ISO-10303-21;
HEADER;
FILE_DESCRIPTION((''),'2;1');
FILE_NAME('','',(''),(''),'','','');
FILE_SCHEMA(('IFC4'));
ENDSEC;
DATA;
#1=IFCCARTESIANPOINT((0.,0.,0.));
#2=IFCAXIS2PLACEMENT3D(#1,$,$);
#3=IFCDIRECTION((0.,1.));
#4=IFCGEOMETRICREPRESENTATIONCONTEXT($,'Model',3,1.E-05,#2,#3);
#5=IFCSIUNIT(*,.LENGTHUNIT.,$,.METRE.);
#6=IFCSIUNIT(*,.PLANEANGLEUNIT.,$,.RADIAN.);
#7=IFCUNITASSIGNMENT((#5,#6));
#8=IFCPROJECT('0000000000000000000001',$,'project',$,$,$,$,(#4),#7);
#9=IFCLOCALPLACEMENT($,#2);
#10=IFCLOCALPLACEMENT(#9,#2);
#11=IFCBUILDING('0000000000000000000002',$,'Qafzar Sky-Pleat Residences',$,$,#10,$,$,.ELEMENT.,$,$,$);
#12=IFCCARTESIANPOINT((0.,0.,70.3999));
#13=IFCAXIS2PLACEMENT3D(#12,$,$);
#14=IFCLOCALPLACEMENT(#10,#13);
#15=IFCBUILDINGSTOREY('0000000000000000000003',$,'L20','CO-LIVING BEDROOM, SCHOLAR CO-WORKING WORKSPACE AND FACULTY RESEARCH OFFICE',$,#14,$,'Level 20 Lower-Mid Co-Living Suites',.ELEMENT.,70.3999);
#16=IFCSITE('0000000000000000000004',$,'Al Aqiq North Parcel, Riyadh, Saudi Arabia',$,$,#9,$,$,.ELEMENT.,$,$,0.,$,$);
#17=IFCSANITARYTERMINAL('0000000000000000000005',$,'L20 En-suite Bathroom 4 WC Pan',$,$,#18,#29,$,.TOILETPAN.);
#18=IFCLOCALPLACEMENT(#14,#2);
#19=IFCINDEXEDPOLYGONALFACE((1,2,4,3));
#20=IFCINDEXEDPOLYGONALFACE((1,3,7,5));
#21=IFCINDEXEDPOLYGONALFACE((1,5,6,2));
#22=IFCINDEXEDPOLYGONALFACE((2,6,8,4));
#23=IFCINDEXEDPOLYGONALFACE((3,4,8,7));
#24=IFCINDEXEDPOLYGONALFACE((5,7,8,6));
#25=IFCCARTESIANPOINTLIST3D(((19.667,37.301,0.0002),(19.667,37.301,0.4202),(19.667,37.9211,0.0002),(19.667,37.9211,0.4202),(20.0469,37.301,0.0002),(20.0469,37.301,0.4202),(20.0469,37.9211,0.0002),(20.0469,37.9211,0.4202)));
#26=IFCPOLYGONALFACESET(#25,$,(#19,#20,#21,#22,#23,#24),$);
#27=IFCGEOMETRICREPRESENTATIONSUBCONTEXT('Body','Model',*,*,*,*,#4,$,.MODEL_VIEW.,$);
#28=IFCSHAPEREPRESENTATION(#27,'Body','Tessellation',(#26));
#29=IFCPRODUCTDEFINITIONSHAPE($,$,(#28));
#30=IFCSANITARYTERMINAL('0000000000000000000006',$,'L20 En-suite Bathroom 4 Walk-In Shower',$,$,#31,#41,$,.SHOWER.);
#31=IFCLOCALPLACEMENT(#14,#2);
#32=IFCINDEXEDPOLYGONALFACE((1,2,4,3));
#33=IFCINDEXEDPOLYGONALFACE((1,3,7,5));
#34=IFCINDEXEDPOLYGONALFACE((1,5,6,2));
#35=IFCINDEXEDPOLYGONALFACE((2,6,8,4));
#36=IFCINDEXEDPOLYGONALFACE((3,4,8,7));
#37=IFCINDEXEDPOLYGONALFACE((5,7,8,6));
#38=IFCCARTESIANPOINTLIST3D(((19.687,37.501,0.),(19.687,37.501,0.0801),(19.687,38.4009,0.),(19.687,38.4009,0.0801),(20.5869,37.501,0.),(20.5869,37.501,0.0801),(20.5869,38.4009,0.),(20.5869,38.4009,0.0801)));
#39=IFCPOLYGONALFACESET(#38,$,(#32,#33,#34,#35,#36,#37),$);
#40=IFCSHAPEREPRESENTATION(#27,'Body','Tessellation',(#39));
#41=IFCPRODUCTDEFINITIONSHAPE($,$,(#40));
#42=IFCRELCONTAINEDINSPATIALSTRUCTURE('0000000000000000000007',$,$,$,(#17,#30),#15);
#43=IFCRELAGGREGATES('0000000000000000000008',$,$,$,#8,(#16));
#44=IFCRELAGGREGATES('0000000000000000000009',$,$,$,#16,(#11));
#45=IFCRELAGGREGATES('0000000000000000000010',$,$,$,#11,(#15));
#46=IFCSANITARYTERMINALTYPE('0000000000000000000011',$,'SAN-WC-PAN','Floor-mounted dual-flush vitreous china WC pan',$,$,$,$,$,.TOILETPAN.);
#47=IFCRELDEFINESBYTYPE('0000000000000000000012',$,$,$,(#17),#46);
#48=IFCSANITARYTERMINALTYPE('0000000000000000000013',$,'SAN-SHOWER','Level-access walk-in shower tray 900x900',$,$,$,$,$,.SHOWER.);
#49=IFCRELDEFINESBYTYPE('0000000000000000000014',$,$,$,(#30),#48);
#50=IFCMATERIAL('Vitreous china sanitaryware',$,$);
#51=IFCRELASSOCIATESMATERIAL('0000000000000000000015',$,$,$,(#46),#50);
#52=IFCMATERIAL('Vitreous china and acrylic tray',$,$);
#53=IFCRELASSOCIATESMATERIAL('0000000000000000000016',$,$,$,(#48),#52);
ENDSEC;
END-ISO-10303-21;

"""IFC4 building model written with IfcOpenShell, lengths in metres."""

from ifc_helpers import new_model, si_unit, direction, frame, origin, origin_2d, place, context, subcontext, project, spatial, rectangle, extrude, source, transform, mapped, material, type_object, element, save


model = new_model("IFC4")

# Units and contexts
model_context = context("Model", 3, precision=1e-05, world=origin(), true_north=direction((0.0, 1.0)))
body_context = subcontext(model_context, "Body", "Model", "MODEL_VIEW")
ifc_project = project(units=[si_unit("LENGTHUNIT", "METRE"), si_unit("PLANEANGLEUNIT", "RADIAN")], contexts=[model_context])

# Site, building, storey
site_placement = place(None, origin())
site = spatial("IfcSite", under=ifc_project, at=site_placement, Name="Al Aqiq North Parcel, Riyadh, Saudi Arabia", CompositionType="ELEMENT", RefElevation=0.0)
building_placement = place(site_placement, origin())
building = spatial("IfcBuilding", under=site, at=building_placement, Name="Qafzar Sky-Pleat Residences", CompositionType="ELEMENT")
storey_placement = place(building_placement, frame((0.0, 0.0, 70.3999)))
storey = spatial("IfcBuildingStorey", under=building, at=storey_placement, Name="L20", Description="CO-LIVING BEDROOM, SCHOLAR CO-WORKING WORKSPACE AND FACULTY RESEARCH OFFICE", LongName="Level 20 Lower-Mid Co-Living Suites", CompositionType="ELEMENT", Elevation=70.3999)

# Sanitary terminals
ifc_material_1 = material(Name="Vitreous china sanitaryware")
sanitary_terminal_type_1 = type_object("IfcSanitaryTerminalType", Name="SAN-WC-PAN", Description="Floor-mounted dual-flush vitreous china WC pan", PredefinedType="TOILETPAN", material=ifc_material_1)
shared_shape_1 = source(origin(), body_context, "Body", "SweptSolid", [
    extrude(rectangle(XDim=0.3799, YDim=0.6201, at=origin_2d()), origin(), (0.0, 0.0, 1.0), 0.4199),
])
sanitary_terminal_1_placement = place(storey_placement, frame((19.8569, 37.6111, 0.0002), z_axis=(0.0, 0.0, 1.0), x_axis=(1.0, 0.0, 0.0)))
element("IfcSanitaryTerminal", 1, at=sanitary_terminal_1_placement, inside=storey, type_object=sanitary_terminal_type_1, Name="L20 En-suite Bathroom 4 WC Pan", PredefinedType="TOILETPAN", context=body_context, shape_type="MappedRepresentation", body=[
    mapped(shared_shape_1, transform((0.0, 0.0, 0.0), x_axis=(1.0, 0.0, 0.0), y_axis=(0.0, 1.0, 0.0), z_axis=(0.0, 0.0, 1.0), scale=1.0)),
])
ifc_material_2 = material(Name="Vitreous china and acrylic tray")
sanitary_terminal_type_2 = type_object("IfcSanitaryTerminalType", Name="SAN-SHOWER", Description="Level-access walk-in shower tray 900x900", PredefinedType="SHOWER", material=ifc_material_2)
shared_shape_2 = source(origin(), body_context, "Body", "SweptSolid", [
    extrude(rectangle(XDim=0.8999, YDim=0.8999, at=origin_2d()), origin(), (0.0, 0.0, 1.0), 0.0801),
])
sanitary_terminal_2_placement = place(storey_placement, frame((20.137, 37.9509, 0.0), z_axis=(0.0, 0.0, 1.0), x_axis=(1.0, 0.0, 0.0)))
element("IfcSanitaryTerminal", 2, at=sanitary_terminal_2_placement, inside=storey, type_object=sanitary_terminal_type_2, Name="L20 En-suite Bathroom 4 Walk-In Shower", PredefinedType="SHOWER", context=body_context, shape_type="MappedRepresentation", body=[
    mapped(shared_shape_2, transform((0.0, 0.0, 0.0), x_axis=(1.0, 0.0, 0.0), y_axis=(0.0, 1.0, 0.0), z_axis=(0.0, 0.0, 1.0), scale=1.0)),
])

save(model, "model.ifc")
